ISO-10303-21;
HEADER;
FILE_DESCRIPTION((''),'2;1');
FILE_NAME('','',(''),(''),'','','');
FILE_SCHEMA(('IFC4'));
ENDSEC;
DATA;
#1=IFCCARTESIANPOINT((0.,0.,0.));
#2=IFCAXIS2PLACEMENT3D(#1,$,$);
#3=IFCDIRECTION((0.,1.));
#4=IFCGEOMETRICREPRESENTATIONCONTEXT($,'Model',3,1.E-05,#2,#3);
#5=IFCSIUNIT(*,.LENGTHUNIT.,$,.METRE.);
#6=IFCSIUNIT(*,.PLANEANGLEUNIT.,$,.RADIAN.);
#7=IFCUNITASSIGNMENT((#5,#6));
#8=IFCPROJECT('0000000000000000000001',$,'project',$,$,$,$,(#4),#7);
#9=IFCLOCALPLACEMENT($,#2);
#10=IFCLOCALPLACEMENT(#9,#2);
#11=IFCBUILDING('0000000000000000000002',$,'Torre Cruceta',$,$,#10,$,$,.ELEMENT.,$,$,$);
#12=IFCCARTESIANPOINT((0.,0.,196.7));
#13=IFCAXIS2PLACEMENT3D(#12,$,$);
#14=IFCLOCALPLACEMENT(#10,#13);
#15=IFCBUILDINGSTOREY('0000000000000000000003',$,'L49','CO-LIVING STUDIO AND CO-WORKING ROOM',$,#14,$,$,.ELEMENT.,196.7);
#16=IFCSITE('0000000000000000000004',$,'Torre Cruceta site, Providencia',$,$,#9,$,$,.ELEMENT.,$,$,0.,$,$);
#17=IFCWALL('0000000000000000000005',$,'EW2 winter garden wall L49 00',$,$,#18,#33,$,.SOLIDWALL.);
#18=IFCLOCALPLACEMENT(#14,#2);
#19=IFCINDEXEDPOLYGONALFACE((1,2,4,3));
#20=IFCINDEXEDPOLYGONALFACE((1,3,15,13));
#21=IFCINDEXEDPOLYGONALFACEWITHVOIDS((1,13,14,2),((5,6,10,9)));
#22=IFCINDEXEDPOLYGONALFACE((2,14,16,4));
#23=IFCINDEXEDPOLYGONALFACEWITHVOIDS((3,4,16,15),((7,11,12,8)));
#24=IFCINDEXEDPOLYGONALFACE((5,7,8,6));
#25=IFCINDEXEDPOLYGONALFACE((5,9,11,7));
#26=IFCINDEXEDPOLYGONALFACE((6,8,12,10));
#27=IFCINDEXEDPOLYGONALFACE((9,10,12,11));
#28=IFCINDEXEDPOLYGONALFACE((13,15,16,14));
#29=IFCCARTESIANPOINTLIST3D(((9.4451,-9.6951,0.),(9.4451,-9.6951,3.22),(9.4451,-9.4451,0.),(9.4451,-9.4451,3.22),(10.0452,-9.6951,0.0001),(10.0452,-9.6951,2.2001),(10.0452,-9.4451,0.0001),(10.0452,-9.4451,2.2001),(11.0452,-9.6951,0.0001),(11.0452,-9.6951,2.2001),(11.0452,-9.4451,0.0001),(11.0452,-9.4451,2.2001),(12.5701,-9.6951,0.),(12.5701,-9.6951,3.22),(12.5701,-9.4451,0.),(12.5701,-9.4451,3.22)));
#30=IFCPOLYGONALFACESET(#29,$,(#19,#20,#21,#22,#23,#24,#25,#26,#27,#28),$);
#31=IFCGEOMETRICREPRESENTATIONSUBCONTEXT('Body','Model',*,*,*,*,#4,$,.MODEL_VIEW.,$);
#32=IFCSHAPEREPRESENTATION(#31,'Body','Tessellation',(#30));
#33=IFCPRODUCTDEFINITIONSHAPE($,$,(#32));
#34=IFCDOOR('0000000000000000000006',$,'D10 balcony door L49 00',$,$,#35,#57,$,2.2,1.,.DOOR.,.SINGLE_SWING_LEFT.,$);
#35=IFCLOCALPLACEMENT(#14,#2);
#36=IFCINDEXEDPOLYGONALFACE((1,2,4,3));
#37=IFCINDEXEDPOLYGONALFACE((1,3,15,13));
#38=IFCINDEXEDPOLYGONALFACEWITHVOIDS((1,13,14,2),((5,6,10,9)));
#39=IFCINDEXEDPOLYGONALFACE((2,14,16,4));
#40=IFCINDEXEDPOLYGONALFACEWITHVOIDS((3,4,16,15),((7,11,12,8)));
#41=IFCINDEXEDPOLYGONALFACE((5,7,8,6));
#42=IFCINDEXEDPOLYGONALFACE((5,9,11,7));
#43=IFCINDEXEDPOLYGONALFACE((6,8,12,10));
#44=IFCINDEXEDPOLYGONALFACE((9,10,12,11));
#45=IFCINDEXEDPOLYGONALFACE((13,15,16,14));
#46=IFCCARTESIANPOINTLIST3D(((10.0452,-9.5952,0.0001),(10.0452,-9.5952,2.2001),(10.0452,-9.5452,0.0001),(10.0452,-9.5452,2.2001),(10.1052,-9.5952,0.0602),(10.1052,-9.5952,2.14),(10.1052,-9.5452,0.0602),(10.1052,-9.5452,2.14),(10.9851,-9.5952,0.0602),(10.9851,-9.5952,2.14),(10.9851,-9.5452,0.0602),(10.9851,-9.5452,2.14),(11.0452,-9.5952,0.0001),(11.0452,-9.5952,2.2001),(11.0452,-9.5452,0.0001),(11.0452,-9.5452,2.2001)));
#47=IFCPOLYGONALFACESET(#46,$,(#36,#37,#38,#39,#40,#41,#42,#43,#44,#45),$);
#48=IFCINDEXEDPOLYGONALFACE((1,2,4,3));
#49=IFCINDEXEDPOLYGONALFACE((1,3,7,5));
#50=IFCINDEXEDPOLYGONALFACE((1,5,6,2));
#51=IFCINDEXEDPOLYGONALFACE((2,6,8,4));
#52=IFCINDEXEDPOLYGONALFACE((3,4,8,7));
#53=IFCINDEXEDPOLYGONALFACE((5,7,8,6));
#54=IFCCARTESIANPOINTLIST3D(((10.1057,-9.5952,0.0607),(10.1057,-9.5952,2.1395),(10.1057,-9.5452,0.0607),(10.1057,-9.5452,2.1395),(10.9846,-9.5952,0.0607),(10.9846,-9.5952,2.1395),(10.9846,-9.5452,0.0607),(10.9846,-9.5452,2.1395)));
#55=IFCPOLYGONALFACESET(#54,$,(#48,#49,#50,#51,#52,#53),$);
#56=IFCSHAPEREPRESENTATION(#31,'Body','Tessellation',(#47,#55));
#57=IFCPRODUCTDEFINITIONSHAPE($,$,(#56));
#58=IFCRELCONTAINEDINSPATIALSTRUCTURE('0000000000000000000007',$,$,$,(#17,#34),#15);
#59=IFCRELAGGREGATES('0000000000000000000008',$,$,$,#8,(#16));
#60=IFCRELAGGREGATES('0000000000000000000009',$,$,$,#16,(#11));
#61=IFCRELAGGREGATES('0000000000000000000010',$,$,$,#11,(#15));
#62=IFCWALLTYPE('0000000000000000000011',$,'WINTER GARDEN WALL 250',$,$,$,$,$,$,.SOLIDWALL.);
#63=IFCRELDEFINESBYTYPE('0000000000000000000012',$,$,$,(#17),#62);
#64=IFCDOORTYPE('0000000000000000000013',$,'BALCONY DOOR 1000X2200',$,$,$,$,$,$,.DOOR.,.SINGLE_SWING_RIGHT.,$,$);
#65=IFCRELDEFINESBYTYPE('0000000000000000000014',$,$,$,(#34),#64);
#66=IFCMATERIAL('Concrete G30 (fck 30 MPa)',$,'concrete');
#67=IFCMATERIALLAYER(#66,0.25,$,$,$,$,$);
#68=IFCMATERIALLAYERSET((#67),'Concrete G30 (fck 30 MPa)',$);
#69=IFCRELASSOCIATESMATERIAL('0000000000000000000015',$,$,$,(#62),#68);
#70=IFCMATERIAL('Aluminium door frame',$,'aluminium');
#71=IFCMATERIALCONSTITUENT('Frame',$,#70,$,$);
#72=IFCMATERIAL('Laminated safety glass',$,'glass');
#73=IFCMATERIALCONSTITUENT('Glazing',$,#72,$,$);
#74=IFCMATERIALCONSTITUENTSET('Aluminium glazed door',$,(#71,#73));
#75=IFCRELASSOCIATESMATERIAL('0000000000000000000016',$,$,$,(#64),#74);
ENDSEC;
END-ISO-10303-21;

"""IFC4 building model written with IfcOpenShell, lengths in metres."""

from ifc_helpers import new_model, si_unit, direction, frame, frame_2d, origin, place, context, subcontext, project, spatial, rectangle, hollow_rectangle, extrude, material, layer, layer_set, constituent, constituent_set, type_object, element, fill, save


model = new_model("IFC4")

# Units and contexts
model_context = context("Model", 3, precision=1e-05, world=origin(), true_north=direction((0.0, 1.0)))
body_context = subcontext(model_context, "Body", "Model", "MODEL_VIEW")
ifc_project = project(units=[si_unit("LENGTHUNIT", "METRE"), si_unit("PLANEANGLEUNIT", "RADIAN")], contexts=[model_context])

# Site, building, storey
site_placement = place(None, origin())
site = spatial("IfcSite", under=ifc_project, at=site_placement, Name="Torre Cruceta site, Providencia", CompositionType="ELEMENT", RefElevation=0.0)
building_placement = place(site_placement, origin())
building = spatial("IfcBuilding", under=site, at=building_placement, Name="Torre Cruceta", CompositionType="ELEMENT")
storey_placement = place(building_placement, frame((0.0, 0.0, 196.7)))
storey = spatial("IfcBuildingStorey", under=building, at=storey_placement, Name="L49", Description="CO-LIVING STUDIO AND CO-WORKING ROOM", CompositionType="ELEMENT", Elevation=196.7)

# Wall, opening, door
ifc_material_1 = material(Name="Concrete G30 (fck 30 MPa)", Category="concrete")
ifc_layer_1 = layer(ifc_material_1, 0.25)
ifc_layer_set_1 = layer_set([ifc_layer_1], Name="Concrete G30 (fck 30 MPa)")
wall_type_1 = type_object("IfcWallType", Name="WINTER GARDEN WALL 250", PredefinedType="SOLIDWALL", material=ifc_layer_set_1)
wall_1_placement = place(storey_placement, frame((9.4451, -9.5701, 0.0), z_axis=(0.0, 0.0, 1.0), x_axis=(1.0, 0.0, 0.0)))
wall_1 = element("IfcWall", 1, at=wall_1_placement, inside=storey, type_object=wall_type_1, Name="EW2 winter garden wall L49 00", PredefinedType="SOLIDWALL", context=body_context, shape_type="SweptSolid", body=[
    extrude(rectangle(XDim=3.125, YDim=0.25, at=frame_2d((1.5625, 0.0))), origin(), (0.0, 0.0, 1.0), 3.22),
])
opening_1_placement = place(wall_1_placement, frame((0.6001, 0.0, 0.0)))
opening_1 = element("IfcOpeningElement", 2, at=opening_1_placement, cuts=wall_1, PredefinedType="OPENING", context=body_context, shape_type="SweptSolid", body=[
    extrude(rectangle(XDim=1.0, YDim=2.2, at=frame_2d((0.5, 1.1001))), frame((0.0, 0.135, 0.0), z_axis=(0.0, -1.0, 0.0), x_axis=(1.0, 0.0, 0.0)), (0.0, 0.0, 1.0), 0.27),
])
ifc_material_2 = material(Name="Aluminium door frame", Category="aluminium")
ifc_constituent_1 = constituent(ifc_material_2, Name="Frame")
ifc_material_3 = material(Name="Laminated safety glass", Category="glass")
ifc_constituent_2 = constituent(ifc_material_3, Name="Glazing")
ifc_constituent_set_1 = constituent_set(constituents=[ifc_constituent_1, ifc_constituent_2], Name="Aluminium glazed door")
door_type_1 = type_object("IfcDoorType", Name="BALCONY DOOR 1000X2200", OperationType="SINGLE_SWING_RIGHT", PredefinedType="DOOR", material=ifc_constituent_set_1)
door_1_placement = place(opening_1_placement, origin())
door_1 = element("IfcDoor", 3, at=door_1_placement, inside=storey, type_object=door_type_1, Name="D10 balcony door L49 00", OperationType="SINGLE_SWING_LEFT", OverallHeight=2.2, OverallWidth=1.0, PredefinedType="DOOR", context=body_context, shape_type="SweptSolid", body=[
    extrude(hollow_rectangle(XDim=1.0, YDim=2.2, WallThickness=0.0601, at=frame_2d((0.5, 1.1001))), frame((0.0, 0.0249, 0.0), z_axis=(0.0, -1.0, 0.0), x_axis=(1.0, 0.0, 0.0)), (0.0, 0.0, 1.0), 0.05),
    extrude(rectangle(XDim=0.8789, YDim=2.0789, at=frame_2d((0.5, 1.1001))), frame((0.0, 0.0249, 0.0), z_axis=(0.0, -1.0, 0.0), x_axis=(1.0, 0.0, 0.0)), (0.0, 0.0, 1.0), 0.05),
])
fill(opening_1, door_1)

save(model, "model.ifc")
